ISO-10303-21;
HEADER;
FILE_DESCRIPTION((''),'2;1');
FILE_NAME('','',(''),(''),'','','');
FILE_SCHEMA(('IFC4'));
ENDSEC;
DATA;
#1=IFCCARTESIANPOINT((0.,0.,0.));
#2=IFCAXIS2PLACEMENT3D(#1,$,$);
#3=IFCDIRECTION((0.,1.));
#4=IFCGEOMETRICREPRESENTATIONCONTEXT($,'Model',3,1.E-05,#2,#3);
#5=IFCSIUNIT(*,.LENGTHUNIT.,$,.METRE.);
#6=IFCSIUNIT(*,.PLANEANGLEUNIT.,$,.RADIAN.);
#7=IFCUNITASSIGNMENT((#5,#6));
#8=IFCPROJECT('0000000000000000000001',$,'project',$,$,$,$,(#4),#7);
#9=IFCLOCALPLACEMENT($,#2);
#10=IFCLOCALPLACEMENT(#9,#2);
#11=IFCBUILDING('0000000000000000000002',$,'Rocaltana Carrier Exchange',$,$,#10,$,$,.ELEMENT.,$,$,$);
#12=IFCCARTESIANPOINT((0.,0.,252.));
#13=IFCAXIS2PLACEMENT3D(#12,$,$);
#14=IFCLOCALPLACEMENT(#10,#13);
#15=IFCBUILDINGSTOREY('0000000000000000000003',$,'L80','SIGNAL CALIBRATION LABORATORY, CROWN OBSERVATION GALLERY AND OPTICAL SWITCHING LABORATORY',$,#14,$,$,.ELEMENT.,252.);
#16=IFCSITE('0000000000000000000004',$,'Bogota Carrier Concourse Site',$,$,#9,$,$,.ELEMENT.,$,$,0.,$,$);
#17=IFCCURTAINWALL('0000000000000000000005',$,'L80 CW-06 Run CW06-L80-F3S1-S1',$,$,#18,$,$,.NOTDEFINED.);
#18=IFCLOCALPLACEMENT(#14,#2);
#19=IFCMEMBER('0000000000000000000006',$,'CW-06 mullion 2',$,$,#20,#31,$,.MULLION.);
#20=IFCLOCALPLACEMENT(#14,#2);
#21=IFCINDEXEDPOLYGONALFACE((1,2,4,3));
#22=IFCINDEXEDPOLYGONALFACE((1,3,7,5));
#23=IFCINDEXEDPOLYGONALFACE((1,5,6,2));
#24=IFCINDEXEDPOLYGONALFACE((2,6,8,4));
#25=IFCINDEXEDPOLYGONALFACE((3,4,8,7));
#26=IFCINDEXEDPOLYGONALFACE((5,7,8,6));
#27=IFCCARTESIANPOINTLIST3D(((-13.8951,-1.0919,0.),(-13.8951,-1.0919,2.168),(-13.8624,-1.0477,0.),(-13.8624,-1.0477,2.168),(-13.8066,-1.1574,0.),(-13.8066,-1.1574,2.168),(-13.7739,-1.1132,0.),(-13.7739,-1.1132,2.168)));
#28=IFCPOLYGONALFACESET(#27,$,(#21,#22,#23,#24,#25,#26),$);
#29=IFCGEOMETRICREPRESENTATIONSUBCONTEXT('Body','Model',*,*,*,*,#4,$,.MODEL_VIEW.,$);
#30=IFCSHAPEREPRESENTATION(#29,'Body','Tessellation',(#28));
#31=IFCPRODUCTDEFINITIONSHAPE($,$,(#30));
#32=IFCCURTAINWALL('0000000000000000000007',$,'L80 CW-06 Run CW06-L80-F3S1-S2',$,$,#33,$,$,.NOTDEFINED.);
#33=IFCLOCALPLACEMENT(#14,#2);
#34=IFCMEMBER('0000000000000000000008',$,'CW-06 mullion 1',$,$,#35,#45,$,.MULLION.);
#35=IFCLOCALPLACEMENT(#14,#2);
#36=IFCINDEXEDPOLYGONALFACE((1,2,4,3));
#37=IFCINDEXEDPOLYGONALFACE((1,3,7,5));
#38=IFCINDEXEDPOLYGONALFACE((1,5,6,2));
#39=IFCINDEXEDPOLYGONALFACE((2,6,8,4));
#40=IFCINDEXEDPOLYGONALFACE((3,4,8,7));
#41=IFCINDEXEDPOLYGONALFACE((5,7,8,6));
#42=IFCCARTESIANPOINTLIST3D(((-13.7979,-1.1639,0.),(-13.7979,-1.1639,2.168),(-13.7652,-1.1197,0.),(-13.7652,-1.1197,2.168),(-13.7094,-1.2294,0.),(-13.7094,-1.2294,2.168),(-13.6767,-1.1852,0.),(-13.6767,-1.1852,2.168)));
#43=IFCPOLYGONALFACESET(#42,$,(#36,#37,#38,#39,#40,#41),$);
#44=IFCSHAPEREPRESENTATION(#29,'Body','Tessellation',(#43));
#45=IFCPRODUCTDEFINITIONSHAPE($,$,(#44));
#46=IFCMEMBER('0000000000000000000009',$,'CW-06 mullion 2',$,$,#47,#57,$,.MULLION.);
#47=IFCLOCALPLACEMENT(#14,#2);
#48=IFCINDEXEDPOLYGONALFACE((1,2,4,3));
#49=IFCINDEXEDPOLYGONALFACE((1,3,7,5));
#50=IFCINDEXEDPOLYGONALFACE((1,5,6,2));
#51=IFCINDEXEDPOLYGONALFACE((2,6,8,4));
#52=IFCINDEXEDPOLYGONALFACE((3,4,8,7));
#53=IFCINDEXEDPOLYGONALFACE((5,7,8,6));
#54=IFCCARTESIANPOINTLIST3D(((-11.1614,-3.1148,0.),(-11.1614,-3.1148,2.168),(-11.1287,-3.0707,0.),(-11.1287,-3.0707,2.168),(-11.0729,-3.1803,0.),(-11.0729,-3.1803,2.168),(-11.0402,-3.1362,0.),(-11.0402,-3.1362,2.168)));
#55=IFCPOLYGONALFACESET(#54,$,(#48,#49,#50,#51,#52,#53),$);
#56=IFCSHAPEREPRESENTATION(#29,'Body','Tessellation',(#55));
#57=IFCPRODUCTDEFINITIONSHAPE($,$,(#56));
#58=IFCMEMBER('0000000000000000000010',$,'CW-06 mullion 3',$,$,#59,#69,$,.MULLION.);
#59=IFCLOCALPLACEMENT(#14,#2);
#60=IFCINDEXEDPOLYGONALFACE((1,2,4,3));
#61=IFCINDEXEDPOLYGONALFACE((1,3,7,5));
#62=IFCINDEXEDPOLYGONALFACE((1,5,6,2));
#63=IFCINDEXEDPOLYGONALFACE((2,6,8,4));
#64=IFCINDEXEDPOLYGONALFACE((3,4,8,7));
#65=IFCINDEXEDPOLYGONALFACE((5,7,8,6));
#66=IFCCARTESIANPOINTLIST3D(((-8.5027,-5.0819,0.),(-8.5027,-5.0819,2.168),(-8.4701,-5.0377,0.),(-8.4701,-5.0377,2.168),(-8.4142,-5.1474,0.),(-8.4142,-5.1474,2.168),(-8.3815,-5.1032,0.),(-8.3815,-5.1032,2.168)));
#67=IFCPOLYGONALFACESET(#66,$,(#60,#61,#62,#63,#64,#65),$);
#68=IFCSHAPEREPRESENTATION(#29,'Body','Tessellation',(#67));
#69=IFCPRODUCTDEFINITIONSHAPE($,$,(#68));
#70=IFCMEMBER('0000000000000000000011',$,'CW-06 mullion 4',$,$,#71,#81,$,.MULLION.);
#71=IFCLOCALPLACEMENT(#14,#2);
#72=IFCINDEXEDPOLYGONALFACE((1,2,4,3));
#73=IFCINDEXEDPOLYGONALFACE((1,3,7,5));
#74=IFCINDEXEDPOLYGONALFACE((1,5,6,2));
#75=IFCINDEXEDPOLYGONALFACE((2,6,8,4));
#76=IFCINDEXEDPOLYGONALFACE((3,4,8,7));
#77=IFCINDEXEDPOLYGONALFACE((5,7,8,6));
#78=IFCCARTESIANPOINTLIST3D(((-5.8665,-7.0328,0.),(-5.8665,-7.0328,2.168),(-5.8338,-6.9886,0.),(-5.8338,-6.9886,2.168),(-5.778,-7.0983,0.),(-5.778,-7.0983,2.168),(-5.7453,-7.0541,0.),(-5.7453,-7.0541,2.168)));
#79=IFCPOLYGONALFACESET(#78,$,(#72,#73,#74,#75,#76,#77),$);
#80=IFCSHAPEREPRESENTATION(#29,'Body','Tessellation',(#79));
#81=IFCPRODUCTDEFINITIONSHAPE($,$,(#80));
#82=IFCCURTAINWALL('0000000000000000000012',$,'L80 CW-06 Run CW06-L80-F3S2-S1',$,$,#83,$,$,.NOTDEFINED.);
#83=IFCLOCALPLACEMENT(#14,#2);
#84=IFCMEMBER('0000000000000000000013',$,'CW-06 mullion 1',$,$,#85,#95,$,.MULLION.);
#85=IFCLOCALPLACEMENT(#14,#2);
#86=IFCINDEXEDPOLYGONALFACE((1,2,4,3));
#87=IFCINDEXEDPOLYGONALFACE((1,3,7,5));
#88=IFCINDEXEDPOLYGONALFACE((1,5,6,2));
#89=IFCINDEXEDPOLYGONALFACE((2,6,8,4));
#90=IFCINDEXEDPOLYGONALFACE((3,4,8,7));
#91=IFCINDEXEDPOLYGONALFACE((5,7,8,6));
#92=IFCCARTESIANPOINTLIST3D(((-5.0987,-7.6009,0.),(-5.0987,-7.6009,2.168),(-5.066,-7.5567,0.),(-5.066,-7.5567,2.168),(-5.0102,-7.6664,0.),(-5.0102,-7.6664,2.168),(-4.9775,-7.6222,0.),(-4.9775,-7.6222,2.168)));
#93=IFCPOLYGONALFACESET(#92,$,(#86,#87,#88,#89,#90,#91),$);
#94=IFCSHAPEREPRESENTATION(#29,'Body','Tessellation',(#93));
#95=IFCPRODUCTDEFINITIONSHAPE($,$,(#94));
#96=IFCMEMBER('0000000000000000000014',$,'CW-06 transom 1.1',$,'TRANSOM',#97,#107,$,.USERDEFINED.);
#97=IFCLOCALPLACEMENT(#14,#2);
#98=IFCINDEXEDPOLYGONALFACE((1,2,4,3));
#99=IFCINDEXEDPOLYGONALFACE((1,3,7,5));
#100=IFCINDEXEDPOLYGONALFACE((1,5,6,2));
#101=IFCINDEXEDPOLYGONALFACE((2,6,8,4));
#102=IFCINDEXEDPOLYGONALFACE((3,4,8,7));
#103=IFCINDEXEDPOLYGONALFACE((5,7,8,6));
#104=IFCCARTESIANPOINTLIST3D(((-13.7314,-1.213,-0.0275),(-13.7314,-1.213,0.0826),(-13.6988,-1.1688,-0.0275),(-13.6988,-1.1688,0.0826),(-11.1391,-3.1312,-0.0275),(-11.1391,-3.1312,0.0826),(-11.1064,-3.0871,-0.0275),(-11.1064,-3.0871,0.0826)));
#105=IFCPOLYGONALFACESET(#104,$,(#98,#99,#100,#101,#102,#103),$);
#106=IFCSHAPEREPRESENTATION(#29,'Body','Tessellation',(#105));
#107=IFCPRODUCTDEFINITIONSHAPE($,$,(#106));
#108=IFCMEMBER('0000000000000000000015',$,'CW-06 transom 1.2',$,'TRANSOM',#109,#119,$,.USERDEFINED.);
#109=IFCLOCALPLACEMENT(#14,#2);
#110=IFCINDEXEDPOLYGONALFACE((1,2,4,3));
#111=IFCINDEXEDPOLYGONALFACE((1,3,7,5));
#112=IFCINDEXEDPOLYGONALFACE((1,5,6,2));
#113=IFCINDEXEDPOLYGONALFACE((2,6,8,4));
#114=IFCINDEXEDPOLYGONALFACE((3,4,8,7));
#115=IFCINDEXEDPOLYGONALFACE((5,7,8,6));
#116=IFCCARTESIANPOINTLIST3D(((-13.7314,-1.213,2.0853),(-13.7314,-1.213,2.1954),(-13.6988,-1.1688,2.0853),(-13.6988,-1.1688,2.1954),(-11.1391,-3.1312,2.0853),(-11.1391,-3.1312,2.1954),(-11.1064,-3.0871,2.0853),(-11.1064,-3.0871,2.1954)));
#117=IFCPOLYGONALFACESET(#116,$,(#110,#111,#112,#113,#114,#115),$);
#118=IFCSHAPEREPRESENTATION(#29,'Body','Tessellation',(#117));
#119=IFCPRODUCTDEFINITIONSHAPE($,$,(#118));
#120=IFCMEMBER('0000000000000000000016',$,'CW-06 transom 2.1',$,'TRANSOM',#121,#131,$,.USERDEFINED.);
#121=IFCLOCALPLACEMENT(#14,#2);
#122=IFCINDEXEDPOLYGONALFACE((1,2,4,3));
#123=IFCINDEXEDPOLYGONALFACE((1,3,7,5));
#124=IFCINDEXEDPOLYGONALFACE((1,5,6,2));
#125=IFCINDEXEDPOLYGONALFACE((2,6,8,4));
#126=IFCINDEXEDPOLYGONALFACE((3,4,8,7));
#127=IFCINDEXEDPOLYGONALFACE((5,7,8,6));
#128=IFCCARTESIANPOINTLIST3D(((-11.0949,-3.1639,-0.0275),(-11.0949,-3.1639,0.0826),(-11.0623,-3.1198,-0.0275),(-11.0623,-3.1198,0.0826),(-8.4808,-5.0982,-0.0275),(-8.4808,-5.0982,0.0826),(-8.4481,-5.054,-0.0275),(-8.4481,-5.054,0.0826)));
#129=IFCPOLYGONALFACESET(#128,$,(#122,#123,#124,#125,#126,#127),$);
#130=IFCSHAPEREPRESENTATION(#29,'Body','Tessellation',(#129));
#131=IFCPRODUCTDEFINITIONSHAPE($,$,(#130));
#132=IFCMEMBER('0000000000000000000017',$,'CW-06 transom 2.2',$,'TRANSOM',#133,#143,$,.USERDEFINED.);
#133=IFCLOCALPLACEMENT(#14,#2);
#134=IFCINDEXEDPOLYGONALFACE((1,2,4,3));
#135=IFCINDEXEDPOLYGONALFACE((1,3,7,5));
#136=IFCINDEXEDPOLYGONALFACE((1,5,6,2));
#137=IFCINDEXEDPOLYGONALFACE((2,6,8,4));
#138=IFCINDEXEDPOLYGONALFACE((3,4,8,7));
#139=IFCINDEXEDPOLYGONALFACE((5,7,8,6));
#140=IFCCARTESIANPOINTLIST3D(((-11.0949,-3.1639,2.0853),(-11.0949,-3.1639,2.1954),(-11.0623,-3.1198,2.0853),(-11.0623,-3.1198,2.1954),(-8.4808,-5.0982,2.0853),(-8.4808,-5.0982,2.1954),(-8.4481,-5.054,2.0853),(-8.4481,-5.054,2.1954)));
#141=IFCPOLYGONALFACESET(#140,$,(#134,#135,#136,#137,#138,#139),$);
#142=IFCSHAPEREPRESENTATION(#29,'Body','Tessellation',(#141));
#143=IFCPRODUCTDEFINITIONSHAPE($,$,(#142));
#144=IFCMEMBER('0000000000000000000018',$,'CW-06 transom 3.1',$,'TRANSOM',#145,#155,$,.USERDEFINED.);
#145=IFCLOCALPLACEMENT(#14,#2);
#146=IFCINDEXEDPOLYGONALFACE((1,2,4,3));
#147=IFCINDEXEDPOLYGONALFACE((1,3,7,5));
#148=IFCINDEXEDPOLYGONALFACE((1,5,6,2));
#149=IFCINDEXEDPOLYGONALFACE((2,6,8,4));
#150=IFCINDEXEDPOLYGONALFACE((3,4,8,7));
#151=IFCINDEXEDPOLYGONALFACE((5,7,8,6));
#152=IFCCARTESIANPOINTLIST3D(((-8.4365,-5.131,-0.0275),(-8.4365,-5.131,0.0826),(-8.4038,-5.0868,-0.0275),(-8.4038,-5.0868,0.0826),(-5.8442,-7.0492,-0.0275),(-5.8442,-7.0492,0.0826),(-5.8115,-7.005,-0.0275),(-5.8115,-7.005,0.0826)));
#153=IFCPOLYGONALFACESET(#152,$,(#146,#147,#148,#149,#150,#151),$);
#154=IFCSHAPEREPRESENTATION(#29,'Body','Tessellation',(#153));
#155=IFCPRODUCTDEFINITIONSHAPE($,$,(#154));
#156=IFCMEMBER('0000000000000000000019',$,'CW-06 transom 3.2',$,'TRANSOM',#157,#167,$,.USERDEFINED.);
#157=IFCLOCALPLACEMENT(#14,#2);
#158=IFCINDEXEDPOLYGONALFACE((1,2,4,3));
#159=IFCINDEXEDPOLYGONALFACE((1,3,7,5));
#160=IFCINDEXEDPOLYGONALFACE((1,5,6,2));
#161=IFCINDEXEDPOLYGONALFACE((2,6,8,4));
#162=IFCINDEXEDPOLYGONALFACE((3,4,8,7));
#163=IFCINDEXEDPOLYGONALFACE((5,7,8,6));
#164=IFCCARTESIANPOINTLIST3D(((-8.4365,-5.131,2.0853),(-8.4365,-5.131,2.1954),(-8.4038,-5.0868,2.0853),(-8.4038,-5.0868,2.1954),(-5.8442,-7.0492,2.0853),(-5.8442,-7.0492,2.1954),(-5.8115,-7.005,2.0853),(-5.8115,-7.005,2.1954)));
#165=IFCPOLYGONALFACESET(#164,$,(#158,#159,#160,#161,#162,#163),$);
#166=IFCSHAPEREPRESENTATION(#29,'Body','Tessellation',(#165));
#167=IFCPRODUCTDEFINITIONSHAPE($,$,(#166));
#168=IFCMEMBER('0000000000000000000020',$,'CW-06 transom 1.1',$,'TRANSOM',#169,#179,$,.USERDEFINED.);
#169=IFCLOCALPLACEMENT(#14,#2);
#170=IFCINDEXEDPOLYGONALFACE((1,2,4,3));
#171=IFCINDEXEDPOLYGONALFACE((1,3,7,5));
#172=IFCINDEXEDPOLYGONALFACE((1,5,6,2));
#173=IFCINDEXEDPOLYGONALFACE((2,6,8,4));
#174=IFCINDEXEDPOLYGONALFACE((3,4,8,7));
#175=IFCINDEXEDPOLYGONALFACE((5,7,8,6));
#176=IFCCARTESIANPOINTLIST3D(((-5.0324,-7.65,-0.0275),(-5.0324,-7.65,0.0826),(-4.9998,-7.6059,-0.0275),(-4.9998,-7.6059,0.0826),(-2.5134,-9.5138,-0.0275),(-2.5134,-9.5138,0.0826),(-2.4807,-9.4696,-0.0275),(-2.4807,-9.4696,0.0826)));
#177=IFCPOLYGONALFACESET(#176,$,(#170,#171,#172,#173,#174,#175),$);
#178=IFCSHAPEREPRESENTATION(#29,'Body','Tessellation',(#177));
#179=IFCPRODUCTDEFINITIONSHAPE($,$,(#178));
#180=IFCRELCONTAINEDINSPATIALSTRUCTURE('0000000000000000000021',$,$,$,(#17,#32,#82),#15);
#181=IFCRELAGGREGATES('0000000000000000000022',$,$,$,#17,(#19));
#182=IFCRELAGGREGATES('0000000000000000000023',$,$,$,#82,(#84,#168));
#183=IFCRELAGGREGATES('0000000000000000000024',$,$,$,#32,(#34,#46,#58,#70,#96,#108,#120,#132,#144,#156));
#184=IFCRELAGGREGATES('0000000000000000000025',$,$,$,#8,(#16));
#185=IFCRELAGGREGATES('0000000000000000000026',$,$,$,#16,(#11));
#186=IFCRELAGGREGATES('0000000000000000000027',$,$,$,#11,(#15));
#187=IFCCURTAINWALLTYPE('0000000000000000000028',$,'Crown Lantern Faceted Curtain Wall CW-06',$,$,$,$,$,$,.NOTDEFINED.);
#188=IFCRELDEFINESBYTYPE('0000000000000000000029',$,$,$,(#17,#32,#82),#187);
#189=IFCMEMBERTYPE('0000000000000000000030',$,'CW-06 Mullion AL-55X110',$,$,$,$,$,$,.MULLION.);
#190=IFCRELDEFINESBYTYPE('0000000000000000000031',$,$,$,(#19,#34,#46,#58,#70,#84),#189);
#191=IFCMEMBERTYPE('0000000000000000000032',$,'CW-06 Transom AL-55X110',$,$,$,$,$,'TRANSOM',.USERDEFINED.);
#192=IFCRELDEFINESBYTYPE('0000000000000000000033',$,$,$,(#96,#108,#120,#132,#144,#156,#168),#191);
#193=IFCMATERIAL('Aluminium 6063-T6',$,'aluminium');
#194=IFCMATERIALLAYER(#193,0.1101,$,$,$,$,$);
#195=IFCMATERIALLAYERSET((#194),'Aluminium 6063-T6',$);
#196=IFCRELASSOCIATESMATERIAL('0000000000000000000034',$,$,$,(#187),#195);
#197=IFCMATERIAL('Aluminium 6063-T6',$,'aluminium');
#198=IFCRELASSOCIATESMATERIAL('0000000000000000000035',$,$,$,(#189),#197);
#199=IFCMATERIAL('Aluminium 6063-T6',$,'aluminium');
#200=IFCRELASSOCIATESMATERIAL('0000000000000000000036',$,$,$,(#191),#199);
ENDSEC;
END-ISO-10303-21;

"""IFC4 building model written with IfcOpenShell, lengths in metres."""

from ifc_helpers import new_model, si_unit, direction, frame, origin, origin_2d, place, context, subcontext, project, spatial, rectangle, extrude, material, layer, layer_set, material_profile, profile_set, type_object, element, aggregate, save


model = new_model("IFC4")

# Units and contexts
model_context = context("Model", 3, precision=1e-05, world=origin(), true_north=direction((0.0, 1.0)))
body_context = subcontext(model_context, "Body", "Model", "MODEL_VIEW")
ifc_project = project(units=[si_unit("LENGTHUNIT", "METRE"), si_unit("PLANEANGLEUNIT", "RADIAN")], contexts=[model_context])

# Site, building, storey
site_placement = place(None, origin())
site = spatial("IfcSite", under=ifc_project, at=site_placement, Name="Bogota Carrier Concourse Site", CompositionType="ELEMENT", RefElevation=0.0)
building_placement = place(site_placement, origin())
building = spatial("IfcBuilding", under=site, at=building_placement, Name="Rocaltana Carrier Exchange", CompositionType="ELEMENT")
storey_placement = place(building_placement, frame((0.0, 0.0, 252.0)))
storey = spatial("IfcBuildingStorey", under=building, at=storey_placement, Name="L80", Description="SIGNAL CALIBRATION LABORATORY, CROWN OBSERVATION GALLERY AND OPTICAL SWITCHING LABORATORY", CompositionType="ELEMENT", Elevation=252.0)

# Curtain wall, member
ifc_material_1 = material(Name="Aluminium 6063-T6", Category="aluminium")
ifc_layer_1 = layer(ifc_material_1, 0.1101)
ifc_layer_set_1 = layer_set([ifc_layer_1], Name="Aluminium 6063-T6")
curtain_wall_type = type_object("IfcCurtainWallType", Name="Crown Lantern Faceted Curtain Wall CW-06", PredefinedType="NOTDEFINED", material=ifc_layer_set_1)
curtain_wall_1_placement = place(storey_placement, origin())
curtain_wall_1 = element("IfcCurtainWall", 1, at=curtain_wall_1_placement, inside=storey, type_object=curtain_wall_type, Name="L80 CW-06 Run CW06-L80-F3S1-S1", PredefinedType="NOTDEFINED")
ifc_material_2 = material(Name="Aluminium 6063-T6", Category="aluminium")
ifc_material_profile_1 = material_profile(ifc_material_2, rectangle(XDim=0.0549, YDim=0.1101, at=origin_2d()), Name="AL-55X110")
ifc_profile_set_1 = profile_set([ifc_material_profile_1], Name="Aluminium 6063-T6")
member_type_1 = type_object("IfcMemberType", Name="CW-06 Mullion AL-55X110", PredefinedType="MULLION", material=ifc_profile_set_1)
member_1_placement = place(storey_placement, frame((-13.8345, -1.1025, 0.0), z_axis=(0.0, 0.0, 1.0), x_axis=(0.594839, 0.803845, 0.0)))
member_1 = element("IfcMember", 2, at=member_1_placement, type_object=member_type_1, Name="CW-06 mullion 2", PredefinedType="MULLION", context=body_context, shape_type="SweptSolid", body=[
    extrude(rectangle(XDim=0.0549, YDim=0.1101, at=origin_2d()), origin(), (0.0, 0.0, 1.0), 2.168),
])
aggregate(curtain_wall_1, [member_1])

# Curtain wall, members
curtain_wall_2_placement = place(storey_placement, origin())
curtain_wall_2 = element("IfcCurtainWall", 3, at=curtain_wall_2_placement, inside=storey, type_object=curtain_wall_type, Name="L80 CW-06 Run CW06-L80-F3S1-S2", PredefinedType="NOTDEFINED")
member_2_placement = place(storey_placement, frame((-13.7373, -1.1746, 0.0), z_axis=(0.0, 0.0, 1.0), x_axis=(0.594821, 0.803858, 0.0)))
member_2 = element("IfcMember", 4, at=member_2_placement, type_object=member_type_1, Name="CW-06 mullion 1", PredefinedType="MULLION", context=body_context, shape_type="SweptSolid", body=[
    extrude(rectangle(XDim=0.0549, YDim=0.1101, at=origin_2d()), origin(), (0.0, 0.0, 1.0), 2.168),
])
member_3_placement = place(storey_placement, frame((-11.1008, -3.1255, 0.0), z_axis=(0.0, 0.0, 1.0), x_axis=(0.594821, 0.803858, 0.0)))
member_3 = element("IfcMember", 5, at=member_3_placement, type_object=member_type_1, Name="CW-06 mullion 2", PredefinedType="MULLION", context=body_context, shape_type="SweptSolid", body=[
    extrude(rectangle(XDim=0.0549, YDim=0.1101, at=origin_2d()), origin(), (0.0, 0.0, 1.0), 2.168),
])
member_4_placement = place(storey_placement, frame((-8.4421, -5.0925, 0.0), z_axis=(0.0, 0.0, 1.0), x_axis=(0.594821, 0.803858, 0.0)))
member_4 = element("IfcMember", 6, at=member_4_placement, type_object=member_type_1, Name="CW-06 mullion 3", PredefinedType="MULLION", context=body_context, shape_type="SweptSolid", body=[
    extrude(rectangle(XDim=0.0549, YDim=0.1101, at=origin_2d()), origin(), (0.0, 0.0, 1.0), 2.168),
])
member_5_placement = place(storey_placement, frame((-5.8059, -7.0435, 0.0), z_axis=(0.0, 0.0, 1.0), x_axis=(0.594821, 0.803858, 0.0)))
member_5 = element("IfcMember", 7, at=member_5_placement, type_object=member_type_1, Name="CW-06 mullion 4", PredefinedType="MULLION", context=body_context, shape_type="SweptSolid", body=[
    extrude(rectangle(XDim=0.0549, YDim=0.1101, at=origin_2d()), origin(), (0.0, 0.0, 1.0), 2.168),
])

# Curtain wall, member
curtain_wall_3_placement = place(storey_placement, origin())
curtain_wall_3 = element("IfcCurtainWall", 8, at=curtain_wall_3_placement, inside=storey, type_object=curtain_wall_type, Name="L80 CW-06 Run CW06-L80-F3S2-S1", PredefinedType="NOTDEFINED")
member_6_placement = place(storey_placement, frame((-5.0381, -7.6116, 0.0), z_axis=(0.0, 0.0, 1.0), x_axis=(0.594825, 0.803855, 0.0)))
member_6 = element("IfcMember", 9, at=member_6_placement, type_object=member_type_1, Name="CW-06 mullion 1", PredefinedType="MULLION", context=body_context, shape_type="SweptSolid", body=[
    extrude(rectangle(XDim=0.0549, YDim=0.1101, at=origin_2d()), origin(), (0.0, 0.0, 1.0), 2.168),
])

# Members
ifc_material_3 = material(Name="Aluminium 6063-T6", Category="aluminium")
ifc_material_profile_2 = material_profile(ifc_material_3, rectangle(XDim=0.0549, YDim=0.1101, at=origin_2d()), Name="AL-55X110")
ifc_profile_set_2 = profile_set([ifc_material_profile_2], Name="Aluminium 6063-T6")
member_type_2 = type_object("IfcMemberType", Name="CW-06 Transom AL-55X110", ElementType="TRANSOM", PredefinedType="USERDEFINED", material=ifc_profile_set_2)
member_7_placement = place(storey_placement, frame((-13.7151, -1.1909, 0.0276), z_axis=(0.803853, -0.594827, 0.0), x_axis=(0.594827, 0.803853, 0.0)))
member_7 = element("IfcMember", 10, at=member_7_placement, type_object=member_type_2, Name="CW-06 transom 1.1", ObjectType="TRANSOM", PredefinedType="USERDEFINED", context=body_context, shape_type="SweptSolid", body=[
    extrude(rectangle(XDim=0.0549, YDim=0.1101, at=origin_2d()), origin(), (0.0, 0.0, 1.0), 3.2249),
])
member_8_placement = place(storey_placement, frame((-13.7151, -1.1909, 2.1404), z_axis=(0.803853, -0.594827, 0.0), x_axis=(0.594827, 0.803853, 0.0)))
member_8 = element("IfcMember", 11, at=member_8_placement, type_object=member_type_2, Name="CW-06 transom 1.2", ObjectType="TRANSOM", PredefinedType="USERDEFINED", context=body_context, shape_type="SweptSolid", body=[
    extrude(rectangle(XDim=0.0549, YDim=0.1101, at=origin_2d()), origin(), (0.0, 0.0, 1.0), 3.2249),
])
member_9_placement = place(storey_placement, frame((-11.0786, -3.1418, 0.0276), z_axis=(0.803875, -0.594798, 0.0), x_axis=(0.594798, 0.803875, 0.0)))
member_9 = element("IfcMember", 12, at=member_9_placement, type_object=member_type_2, Name="CW-06 transom 2.1", ObjectType="TRANSOM", PredefinedType="USERDEFINED", context=body_context, shape_type="SweptSolid", body=[
    extrude(rectangle(XDim=0.0549, YDim=0.1101, at=origin_2d()), origin(), (0.0, 0.0, 1.0), 3.252),
])
member_10_placement = place(storey_placement, frame((-11.0786, -3.1418, 2.1404), z_axis=(0.803875, -0.594798, 0.0), x_axis=(0.594798, 0.803875, 0.0)))
member_10 = element("IfcMember", 13, at=member_10_placement, type_object=member_type_2, Name="CW-06 transom 2.2", ObjectType="TRANSOM", PredefinedType="USERDEFINED", context=body_context, shape_type="SweptSolid", body=[
    extrude(rectangle(XDim=0.0549, YDim=0.1101, at=origin_2d()), origin(), (0.0, 0.0, 1.0), 3.252),
])
member_11_placement = place(storey_placement, frame((-8.4202, -5.1089, 0.0276), z_axis=(0.803853, -0.594827, 0.0), x_axis=(0.594827, 0.803853, 0.0)))
member_11 = element("IfcMember", 14, at=member_11_placement, type_object=member_type_2, Name="CW-06 transom 3.1", ObjectType="TRANSOM", PredefinedType="USERDEFINED", context=body_context, shape_type="SweptSolid", body=[
    extrude(rectangle(XDim=0.0549, YDim=0.1101, at=origin_2d()), origin(), (0.0, 0.0, 1.0), 3.2249),
])
member_12_placement = place(storey_placement, frame((-8.4202, -5.1089, 2.1404), z_axis=(0.803853, -0.594827, 0.0), x_axis=(0.594827, 0.803853, 0.0)))
member_12 = element("IfcMember", 15, at=member_12_placement, type_object=member_type_2, Name="CW-06 transom 3.2", ObjectType="TRANSOM", PredefinedType="USERDEFINED", context=body_context, shape_type="SweptSolid", body=[
    extrude(rectangle(XDim=0.0549, YDim=0.1101, at=origin_2d()), origin(), (0.0, 0.0, 1.0), 3.2249),
])
member_13_placement = place(storey_placement, frame((-5.0161, -7.6279, 0.0276), z_axis=(0.803891, -0.594777, 0.0), x_axis=(0.594777, 0.803891, 0.0)))
member_13 = element("IfcMember", 16, at=member_13_placement, type_object=member_type_2, Name="CW-06 transom 1.1", ObjectType="TRANSOM", PredefinedType="USERDEFINED", context=body_context, shape_type="SweptSolid", body=[
    extrude(rectangle(XDim=0.0549, YDim=0.1101, at=origin_2d()), origin(), (0.0, 0.0, 1.0), 3.1335),
])
aggregate(curtain_wall_3, [member_6, member_13])

aggregate(curtain_wall_2, [member_2, member_3, member_4, member_5, member_7, member_8, member_9, member_10, member_11, member_12])

save(model, "model.ifc")
